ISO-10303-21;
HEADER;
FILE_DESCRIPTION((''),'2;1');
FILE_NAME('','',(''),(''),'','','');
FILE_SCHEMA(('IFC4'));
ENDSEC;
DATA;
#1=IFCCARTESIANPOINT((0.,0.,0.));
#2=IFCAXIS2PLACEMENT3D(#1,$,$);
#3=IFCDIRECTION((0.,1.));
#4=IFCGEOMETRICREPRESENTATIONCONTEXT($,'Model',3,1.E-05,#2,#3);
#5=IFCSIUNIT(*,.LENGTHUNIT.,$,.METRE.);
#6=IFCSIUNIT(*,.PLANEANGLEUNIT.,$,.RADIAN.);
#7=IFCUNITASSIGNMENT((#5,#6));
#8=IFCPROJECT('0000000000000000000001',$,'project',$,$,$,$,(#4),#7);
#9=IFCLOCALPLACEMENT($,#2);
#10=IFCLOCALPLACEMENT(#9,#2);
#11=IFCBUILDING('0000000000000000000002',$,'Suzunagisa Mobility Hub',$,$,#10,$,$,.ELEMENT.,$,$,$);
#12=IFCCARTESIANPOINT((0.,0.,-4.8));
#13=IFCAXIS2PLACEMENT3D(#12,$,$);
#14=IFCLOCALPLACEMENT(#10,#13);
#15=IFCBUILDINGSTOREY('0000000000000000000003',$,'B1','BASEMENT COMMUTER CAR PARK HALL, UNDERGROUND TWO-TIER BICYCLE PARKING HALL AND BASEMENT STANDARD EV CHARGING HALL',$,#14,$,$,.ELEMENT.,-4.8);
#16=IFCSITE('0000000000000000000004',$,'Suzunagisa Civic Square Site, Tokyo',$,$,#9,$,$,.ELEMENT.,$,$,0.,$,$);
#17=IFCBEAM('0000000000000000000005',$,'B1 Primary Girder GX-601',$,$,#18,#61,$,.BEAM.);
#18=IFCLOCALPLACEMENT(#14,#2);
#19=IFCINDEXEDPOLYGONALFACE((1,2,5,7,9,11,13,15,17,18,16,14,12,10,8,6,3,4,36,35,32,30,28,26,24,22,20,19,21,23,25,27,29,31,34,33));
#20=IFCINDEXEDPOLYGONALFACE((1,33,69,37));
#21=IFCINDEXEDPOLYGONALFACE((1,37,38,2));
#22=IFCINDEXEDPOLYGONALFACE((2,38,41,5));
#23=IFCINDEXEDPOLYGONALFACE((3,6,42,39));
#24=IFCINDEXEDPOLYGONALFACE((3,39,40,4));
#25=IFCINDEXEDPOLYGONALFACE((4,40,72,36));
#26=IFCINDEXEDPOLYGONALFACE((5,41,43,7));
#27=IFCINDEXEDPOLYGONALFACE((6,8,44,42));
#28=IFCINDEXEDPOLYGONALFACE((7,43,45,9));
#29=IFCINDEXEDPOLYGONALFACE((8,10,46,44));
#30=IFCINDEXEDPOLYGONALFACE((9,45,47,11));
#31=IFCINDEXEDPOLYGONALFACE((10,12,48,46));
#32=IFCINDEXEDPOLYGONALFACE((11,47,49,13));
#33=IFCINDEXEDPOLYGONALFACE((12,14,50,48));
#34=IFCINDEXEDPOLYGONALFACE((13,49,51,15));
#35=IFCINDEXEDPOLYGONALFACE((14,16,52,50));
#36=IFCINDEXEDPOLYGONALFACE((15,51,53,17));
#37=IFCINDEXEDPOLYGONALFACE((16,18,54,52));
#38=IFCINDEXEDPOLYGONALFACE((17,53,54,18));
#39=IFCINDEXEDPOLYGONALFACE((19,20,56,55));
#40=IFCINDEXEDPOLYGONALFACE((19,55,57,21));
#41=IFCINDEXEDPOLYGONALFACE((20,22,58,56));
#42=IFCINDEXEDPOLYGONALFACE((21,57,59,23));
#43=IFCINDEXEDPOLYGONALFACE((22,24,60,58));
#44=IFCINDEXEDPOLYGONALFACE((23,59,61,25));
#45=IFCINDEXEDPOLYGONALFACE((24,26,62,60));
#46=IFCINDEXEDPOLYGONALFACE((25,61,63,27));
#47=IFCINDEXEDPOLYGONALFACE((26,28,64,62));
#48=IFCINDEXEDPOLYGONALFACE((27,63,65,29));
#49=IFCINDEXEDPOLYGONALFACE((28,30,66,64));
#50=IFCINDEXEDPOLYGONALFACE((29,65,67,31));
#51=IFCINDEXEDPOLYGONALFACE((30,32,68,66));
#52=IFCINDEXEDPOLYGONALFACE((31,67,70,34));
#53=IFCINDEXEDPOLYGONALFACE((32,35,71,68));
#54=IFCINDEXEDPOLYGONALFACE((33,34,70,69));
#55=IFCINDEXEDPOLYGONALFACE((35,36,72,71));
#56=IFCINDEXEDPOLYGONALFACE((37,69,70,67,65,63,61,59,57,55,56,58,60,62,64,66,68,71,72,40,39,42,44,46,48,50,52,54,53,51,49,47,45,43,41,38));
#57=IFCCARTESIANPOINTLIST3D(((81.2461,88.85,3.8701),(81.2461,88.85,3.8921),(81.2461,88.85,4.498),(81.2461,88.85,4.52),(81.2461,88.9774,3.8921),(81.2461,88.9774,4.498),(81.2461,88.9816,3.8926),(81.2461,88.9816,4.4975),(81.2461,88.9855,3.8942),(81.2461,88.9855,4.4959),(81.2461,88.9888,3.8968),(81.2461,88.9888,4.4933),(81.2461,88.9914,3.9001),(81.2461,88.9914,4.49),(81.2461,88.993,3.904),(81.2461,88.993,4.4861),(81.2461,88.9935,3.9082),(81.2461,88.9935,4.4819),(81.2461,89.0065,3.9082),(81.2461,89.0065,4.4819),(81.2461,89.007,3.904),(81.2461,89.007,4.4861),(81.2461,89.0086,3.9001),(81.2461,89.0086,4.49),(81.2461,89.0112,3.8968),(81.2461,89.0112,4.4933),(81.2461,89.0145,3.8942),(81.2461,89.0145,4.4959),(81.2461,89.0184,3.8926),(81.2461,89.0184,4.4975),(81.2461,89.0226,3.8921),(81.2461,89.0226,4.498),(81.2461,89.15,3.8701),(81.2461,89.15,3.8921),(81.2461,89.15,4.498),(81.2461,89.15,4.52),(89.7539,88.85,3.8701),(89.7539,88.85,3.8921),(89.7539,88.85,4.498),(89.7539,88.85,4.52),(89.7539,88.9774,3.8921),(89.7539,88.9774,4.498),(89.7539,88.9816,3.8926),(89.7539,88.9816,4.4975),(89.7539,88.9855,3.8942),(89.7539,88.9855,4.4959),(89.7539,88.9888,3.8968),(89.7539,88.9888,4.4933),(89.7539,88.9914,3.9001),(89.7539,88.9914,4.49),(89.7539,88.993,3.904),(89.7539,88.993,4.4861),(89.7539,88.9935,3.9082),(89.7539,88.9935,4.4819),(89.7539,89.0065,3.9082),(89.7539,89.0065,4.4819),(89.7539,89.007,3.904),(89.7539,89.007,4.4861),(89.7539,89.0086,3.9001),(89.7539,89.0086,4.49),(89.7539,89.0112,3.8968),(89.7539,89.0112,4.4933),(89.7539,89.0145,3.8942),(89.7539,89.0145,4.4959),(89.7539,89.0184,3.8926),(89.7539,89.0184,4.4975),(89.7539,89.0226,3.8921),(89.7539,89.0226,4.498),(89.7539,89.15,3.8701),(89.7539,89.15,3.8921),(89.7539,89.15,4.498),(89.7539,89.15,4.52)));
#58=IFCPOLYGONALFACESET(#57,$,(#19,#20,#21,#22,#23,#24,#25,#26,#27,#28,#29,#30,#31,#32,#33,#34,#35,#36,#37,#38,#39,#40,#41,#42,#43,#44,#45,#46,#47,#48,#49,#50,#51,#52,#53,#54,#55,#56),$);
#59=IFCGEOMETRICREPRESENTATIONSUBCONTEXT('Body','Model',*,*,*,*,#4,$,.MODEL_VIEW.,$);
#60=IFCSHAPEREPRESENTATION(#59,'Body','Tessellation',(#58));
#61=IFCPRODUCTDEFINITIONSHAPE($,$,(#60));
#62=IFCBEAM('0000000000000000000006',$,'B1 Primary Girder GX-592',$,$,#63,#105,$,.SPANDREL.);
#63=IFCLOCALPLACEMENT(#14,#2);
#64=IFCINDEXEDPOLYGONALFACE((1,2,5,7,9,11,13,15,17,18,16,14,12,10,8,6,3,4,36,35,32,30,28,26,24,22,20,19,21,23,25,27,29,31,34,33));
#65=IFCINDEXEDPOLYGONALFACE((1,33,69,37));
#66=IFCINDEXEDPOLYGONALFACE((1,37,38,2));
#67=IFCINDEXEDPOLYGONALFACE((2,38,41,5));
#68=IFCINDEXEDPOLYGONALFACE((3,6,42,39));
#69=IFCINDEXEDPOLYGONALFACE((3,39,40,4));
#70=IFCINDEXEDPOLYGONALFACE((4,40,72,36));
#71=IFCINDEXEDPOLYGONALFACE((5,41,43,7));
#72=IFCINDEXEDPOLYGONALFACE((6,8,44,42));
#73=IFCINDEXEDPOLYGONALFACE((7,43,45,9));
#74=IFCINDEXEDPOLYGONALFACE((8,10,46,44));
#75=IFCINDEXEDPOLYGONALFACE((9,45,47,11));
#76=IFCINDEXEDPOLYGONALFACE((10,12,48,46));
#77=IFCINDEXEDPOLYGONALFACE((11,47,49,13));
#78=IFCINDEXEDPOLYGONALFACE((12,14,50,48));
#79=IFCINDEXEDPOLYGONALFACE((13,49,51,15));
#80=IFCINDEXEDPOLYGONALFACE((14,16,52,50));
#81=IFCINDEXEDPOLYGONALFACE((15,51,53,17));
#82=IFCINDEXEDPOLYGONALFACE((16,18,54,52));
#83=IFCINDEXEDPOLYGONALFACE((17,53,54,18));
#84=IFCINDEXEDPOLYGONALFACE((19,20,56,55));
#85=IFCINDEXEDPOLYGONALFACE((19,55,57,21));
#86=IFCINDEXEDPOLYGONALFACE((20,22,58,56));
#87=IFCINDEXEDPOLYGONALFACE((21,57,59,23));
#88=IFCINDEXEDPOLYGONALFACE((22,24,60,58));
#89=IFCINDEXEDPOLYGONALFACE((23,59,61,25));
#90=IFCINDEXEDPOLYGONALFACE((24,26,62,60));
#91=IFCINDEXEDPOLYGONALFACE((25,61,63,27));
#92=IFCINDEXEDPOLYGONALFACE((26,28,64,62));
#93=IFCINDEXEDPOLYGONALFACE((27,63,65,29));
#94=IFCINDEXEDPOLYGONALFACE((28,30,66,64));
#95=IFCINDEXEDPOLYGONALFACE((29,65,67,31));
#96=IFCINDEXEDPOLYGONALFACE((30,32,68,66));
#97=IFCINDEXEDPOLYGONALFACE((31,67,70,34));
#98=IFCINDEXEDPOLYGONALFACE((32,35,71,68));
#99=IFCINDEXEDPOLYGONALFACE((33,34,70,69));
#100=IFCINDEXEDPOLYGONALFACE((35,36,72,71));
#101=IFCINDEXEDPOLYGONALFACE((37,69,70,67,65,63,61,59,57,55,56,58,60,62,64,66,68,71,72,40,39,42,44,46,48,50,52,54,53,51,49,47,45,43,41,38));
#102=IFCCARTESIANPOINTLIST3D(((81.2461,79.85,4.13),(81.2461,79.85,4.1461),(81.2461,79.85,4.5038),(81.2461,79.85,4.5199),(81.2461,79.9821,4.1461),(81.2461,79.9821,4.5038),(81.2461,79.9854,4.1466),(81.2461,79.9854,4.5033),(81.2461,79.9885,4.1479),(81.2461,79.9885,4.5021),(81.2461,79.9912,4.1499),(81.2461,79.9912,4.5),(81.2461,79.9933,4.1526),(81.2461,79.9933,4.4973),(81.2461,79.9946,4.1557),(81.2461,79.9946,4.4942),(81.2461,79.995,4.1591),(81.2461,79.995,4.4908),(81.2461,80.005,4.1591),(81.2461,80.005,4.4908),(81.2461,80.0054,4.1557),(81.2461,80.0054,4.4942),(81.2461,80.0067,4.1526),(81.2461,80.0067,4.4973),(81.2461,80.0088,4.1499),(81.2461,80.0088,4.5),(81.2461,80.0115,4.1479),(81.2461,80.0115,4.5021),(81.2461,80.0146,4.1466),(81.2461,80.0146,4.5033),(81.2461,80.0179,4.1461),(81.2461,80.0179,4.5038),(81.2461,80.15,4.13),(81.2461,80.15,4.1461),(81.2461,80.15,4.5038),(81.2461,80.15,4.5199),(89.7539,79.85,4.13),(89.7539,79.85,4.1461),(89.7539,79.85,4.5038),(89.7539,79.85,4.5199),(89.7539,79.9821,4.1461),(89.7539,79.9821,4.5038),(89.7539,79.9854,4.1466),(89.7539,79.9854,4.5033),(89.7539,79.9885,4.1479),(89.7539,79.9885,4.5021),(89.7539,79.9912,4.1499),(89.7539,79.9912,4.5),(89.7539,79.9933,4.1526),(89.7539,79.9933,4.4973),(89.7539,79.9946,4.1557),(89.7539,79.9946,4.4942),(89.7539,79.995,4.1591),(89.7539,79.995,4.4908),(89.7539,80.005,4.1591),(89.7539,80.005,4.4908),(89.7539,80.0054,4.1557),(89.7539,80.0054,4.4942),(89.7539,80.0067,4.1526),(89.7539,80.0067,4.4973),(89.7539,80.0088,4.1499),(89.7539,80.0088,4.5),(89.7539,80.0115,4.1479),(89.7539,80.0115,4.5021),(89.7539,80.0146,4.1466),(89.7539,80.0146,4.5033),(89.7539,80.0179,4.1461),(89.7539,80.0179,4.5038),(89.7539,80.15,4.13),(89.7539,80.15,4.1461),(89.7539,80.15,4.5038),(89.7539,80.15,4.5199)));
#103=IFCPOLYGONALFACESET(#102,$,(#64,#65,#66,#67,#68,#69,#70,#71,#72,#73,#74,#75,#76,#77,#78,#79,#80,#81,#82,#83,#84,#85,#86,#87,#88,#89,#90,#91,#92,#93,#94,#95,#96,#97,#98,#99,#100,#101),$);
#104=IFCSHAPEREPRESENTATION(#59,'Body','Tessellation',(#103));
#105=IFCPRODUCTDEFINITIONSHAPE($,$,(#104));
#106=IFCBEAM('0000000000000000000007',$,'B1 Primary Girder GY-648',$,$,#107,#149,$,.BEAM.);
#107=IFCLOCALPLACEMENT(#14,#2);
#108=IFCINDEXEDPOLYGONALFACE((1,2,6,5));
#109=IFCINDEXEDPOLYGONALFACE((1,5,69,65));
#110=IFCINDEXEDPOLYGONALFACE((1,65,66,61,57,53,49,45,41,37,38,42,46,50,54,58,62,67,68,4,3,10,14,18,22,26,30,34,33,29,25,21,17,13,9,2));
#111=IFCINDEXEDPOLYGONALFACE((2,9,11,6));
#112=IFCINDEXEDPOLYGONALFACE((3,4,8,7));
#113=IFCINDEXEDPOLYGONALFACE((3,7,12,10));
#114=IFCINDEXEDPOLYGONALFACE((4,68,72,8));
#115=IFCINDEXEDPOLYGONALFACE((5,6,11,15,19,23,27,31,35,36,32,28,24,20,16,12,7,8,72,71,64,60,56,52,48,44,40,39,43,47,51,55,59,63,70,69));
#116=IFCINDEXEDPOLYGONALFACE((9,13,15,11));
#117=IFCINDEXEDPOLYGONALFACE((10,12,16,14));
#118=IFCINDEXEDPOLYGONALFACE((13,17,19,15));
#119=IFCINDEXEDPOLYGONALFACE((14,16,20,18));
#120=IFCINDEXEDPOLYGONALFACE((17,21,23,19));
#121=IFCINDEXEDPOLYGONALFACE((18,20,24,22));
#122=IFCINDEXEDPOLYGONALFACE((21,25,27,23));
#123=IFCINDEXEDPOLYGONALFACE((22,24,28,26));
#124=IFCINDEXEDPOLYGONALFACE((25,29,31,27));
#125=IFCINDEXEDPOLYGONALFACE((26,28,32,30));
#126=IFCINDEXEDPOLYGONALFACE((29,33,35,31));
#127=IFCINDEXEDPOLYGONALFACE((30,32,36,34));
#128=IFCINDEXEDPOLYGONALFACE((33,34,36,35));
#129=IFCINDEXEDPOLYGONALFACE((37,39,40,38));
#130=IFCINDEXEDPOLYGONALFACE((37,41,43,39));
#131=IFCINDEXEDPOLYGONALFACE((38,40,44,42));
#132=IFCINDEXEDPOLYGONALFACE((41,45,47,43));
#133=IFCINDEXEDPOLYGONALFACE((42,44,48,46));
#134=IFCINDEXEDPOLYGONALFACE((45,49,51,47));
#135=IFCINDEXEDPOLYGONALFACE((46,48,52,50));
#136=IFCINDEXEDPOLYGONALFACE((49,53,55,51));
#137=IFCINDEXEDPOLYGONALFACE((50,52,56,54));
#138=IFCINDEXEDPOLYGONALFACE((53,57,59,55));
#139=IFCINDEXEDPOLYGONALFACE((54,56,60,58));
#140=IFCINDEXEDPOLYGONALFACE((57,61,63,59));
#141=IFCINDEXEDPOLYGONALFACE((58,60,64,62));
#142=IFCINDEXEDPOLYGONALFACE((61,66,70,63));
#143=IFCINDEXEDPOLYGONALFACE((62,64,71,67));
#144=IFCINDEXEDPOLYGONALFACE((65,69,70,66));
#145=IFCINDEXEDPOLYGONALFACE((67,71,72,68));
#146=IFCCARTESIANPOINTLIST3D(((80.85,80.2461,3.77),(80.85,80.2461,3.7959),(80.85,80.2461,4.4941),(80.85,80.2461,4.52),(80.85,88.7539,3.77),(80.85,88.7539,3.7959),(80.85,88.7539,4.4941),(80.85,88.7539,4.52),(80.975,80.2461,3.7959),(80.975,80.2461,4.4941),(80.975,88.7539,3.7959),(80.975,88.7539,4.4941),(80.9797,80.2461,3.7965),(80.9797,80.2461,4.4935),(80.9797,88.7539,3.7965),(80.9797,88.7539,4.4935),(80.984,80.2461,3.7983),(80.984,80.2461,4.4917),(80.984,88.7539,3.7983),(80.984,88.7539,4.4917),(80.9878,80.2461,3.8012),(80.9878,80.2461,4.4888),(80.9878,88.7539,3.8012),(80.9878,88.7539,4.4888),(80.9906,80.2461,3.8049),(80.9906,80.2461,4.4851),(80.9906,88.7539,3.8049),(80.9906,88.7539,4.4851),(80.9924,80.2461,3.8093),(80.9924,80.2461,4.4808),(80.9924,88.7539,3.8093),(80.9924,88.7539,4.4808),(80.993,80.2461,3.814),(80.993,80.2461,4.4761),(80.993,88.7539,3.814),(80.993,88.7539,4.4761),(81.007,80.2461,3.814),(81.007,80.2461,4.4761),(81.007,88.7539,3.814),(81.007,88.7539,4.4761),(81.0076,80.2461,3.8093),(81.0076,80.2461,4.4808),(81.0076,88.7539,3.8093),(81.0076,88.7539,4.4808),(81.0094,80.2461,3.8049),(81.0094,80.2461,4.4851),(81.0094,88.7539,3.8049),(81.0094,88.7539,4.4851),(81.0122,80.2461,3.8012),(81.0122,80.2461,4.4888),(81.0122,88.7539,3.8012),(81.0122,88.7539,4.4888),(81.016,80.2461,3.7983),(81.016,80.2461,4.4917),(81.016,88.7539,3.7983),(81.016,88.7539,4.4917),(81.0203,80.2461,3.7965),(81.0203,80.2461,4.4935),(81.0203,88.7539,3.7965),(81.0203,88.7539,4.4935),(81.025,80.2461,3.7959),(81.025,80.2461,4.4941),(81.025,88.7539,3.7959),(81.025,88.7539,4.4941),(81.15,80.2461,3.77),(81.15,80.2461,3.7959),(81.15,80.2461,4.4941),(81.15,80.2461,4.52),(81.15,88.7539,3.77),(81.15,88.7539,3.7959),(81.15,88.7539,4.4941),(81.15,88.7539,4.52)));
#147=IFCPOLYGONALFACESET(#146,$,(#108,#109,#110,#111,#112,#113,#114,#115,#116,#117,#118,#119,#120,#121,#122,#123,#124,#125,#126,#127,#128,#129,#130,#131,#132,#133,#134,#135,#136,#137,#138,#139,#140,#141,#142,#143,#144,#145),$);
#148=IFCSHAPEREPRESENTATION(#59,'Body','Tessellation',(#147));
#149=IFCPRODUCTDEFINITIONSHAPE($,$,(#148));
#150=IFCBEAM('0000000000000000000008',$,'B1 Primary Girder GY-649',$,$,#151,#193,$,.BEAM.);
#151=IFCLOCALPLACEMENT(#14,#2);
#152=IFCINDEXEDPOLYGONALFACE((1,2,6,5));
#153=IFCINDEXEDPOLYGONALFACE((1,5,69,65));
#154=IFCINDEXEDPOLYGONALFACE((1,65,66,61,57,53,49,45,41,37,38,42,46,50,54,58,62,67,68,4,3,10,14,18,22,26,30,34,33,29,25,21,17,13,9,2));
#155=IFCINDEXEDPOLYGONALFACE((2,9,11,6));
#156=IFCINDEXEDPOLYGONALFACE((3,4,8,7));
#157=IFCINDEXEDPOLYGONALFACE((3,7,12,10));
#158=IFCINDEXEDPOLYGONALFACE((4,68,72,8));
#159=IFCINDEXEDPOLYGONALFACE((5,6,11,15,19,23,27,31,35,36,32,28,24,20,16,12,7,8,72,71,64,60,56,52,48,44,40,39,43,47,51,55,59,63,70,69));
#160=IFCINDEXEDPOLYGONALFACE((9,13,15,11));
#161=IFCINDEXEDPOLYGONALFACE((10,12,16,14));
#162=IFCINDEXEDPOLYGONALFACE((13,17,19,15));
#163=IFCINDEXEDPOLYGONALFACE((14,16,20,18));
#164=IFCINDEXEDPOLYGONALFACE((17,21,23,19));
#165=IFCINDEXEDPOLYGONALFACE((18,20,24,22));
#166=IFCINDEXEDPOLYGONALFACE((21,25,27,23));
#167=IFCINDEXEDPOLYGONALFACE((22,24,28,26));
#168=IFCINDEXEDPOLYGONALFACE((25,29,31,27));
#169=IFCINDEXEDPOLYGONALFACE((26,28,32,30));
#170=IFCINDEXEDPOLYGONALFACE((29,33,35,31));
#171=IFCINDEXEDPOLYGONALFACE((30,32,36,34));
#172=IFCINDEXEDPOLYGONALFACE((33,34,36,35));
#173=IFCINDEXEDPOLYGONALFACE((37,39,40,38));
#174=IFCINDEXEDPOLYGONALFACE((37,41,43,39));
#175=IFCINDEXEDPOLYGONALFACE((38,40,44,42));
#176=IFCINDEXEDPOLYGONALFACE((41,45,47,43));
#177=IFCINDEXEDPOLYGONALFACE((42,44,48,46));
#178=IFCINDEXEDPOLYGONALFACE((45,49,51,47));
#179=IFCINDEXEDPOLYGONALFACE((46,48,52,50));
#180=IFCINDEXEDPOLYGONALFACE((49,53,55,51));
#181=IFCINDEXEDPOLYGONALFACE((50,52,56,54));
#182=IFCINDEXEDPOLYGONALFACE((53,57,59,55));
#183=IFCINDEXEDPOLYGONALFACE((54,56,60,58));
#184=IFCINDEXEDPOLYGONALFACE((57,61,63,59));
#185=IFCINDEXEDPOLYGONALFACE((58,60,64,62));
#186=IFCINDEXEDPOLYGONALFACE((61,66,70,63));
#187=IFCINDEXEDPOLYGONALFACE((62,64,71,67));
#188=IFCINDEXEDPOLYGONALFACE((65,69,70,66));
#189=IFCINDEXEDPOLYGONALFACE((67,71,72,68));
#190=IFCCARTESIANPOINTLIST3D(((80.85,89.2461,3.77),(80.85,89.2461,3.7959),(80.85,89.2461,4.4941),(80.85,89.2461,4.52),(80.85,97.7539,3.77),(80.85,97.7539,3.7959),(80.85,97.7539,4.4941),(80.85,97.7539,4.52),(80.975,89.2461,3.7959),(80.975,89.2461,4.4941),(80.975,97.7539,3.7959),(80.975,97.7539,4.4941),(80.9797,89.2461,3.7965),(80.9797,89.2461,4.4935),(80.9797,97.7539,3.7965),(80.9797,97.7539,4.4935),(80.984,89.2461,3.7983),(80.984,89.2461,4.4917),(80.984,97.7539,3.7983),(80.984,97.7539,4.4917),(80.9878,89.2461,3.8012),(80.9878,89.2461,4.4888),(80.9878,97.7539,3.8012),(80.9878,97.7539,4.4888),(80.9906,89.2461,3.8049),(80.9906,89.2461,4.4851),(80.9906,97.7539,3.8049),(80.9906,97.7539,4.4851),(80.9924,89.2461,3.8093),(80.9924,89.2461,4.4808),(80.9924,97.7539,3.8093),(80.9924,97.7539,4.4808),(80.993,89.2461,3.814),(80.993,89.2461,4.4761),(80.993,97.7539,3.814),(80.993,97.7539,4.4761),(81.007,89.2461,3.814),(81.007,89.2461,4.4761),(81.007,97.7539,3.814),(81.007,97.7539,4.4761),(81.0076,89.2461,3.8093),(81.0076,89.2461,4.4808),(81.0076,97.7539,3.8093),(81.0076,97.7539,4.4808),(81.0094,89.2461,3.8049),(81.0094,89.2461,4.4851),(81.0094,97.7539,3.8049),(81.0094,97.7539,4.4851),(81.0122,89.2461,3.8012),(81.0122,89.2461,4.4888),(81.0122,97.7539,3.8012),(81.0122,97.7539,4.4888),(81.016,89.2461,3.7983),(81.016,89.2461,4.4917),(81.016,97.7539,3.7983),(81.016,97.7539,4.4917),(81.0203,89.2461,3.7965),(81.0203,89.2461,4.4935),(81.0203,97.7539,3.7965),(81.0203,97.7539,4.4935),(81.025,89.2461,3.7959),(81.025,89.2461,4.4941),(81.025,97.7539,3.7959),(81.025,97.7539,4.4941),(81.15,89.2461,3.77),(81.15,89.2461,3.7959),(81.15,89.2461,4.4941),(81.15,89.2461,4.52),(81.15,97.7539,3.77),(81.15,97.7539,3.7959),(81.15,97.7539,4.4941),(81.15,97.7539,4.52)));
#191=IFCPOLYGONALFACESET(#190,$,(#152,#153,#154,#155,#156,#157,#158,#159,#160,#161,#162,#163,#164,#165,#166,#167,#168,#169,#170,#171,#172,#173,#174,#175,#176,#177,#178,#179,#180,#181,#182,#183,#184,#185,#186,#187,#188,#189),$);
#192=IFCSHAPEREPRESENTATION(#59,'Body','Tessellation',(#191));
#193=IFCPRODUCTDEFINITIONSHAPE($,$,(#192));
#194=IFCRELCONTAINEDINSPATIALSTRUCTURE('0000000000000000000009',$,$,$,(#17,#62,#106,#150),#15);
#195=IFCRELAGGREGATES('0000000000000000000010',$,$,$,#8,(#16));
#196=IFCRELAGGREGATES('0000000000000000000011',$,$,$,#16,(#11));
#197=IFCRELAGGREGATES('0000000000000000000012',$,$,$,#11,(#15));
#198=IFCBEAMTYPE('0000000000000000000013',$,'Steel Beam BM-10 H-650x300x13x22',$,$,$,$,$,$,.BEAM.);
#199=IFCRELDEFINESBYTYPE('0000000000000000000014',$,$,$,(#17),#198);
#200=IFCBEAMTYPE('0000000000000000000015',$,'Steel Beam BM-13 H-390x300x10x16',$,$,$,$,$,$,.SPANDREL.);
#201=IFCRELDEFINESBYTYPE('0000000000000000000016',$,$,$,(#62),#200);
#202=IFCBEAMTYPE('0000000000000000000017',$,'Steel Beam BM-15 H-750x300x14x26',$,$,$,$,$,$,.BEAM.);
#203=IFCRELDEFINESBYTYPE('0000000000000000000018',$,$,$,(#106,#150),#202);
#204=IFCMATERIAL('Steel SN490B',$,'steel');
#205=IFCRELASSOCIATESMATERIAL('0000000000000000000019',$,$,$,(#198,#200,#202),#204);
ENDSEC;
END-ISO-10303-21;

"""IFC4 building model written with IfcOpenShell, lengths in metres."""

from ifc_helpers import new_model, si_unit, direction, frame, origin, origin_2d, place, context, subcontext, project, spatial, i_section, extrude, material, material_profile, profile_set, type_object, element, save


model = new_model("IFC4")

# Units and contexts
model_context = context("Model", 3, precision=1e-05, world=origin(), true_north=direction((0.0, 1.0)))
body_context = subcontext(model_context, "Body", "Model", "MODEL_VIEW")
ifc_project = project(units=[si_unit("LENGTHUNIT", "METRE"), si_unit("PLANEANGLEUNIT", "RADIAN")], contexts=[model_context])

# Site, building, storey
site_placement = place(None, origin())
site = spatial("IfcSite", under=ifc_project, at=site_placement, Name="Suzunagisa Civic Square Site, Tokyo", CompositionType="ELEMENT", RefElevation=0.0)
building_placement = place(site_placement, origin())
building = spatial("IfcBuilding", under=site, at=building_placement, Name="Suzunagisa Mobility Hub", CompositionType="ELEMENT")
storey_placement = place(building_placement, frame((0.0, 0.0, -4.8)))
storey = spatial("IfcBuildingStorey", under=building, at=storey_placement, Name="B1", Description="BASEMENT COMMUTER CAR PARK HALL, UNDERGROUND TWO-TIER BICYCLE PARKING HALL AND BASEMENT STANDARD EV CHARGING HALL", CompositionType="ELEMENT", Elevation=-4.8)

# Shared definitions
ifc_material_1 = material(Name="Steel SN490B", Category="steel")

# Beams
ifc_material_profile_1 = material_profile(ifc_material_1, i_section(OverallWidth=0.3, OverallDepth=0.6499, WebThickness=0.0129, FlangeThickness=0.022, FilletRadius=0.0161, at=origin_2d()), Name="H-650x300x13x22")
ifc_profile_set_1 = profile_set([ifc_material_profile_1], Name="Steel SN490B")
beam_type_1 = type_object("IfcBeamType", Name="Steel Beam BM-10 H-650x300x13x22", PredefinedType="BEAM", material=ifc_profile_set_1)
for number, where, z_axis, x_axis, name in (
    (1, (81.2461, 89.0, 4.1951), (1.0, 0.0, 0.0), (0.0, 1.0, 0.0), "B1 Primary Girder GX-601"),
):
    element("IfcBeam", number, at=place(storey_placement, frame(where, z_axis=z_axis, x_axis=x_axis)), inside=storey, type_object=beam_type_1, Name=name, PredefinedType="BEAM", context=body_context, shape_type="SweptSolid", body=[
        extrude(i_section(OverallWidth=0.3, OverallDepth=0.6499, WebThickness=0.0129, FlangeThickness=0.022, FilletRadius=0.0161, at=origin_2d()), origin(), (0.0, 0.0, 1.0), 8.5078),
    ])
ifc_material_profile_2 = material_profile(ifc_material_1, i_section(OverallWidth=0.3, OverallDepth=0.3899, WebThickness=0.01, FlangeThickness=0.0161, FilletRadius=0.0129, at=origin_2d()), Name="H-390x300x10x16")
ifc_profile_set_2 = profile_set([ifc_material_profile_2], Name="Steel SN490B")
beam_type_2 = type_object("IfcBeamType", Name="Steel Beam BM-13 H-390x300x10x16", PredefinedType="SPANDREL", material=ifc_profile_set_2)
beam_1_placement = place(storey_placement, frame((81.2461, 80.0, 4.325), z_axis=(1.0, 0.0, 0.0), x_axis=(0.0, 1.0, 0.0)))
element("IfcBeam", 2, at=beam_1_placement, inside=storey, type_object=beam_type_2, Name="B1 Primary Girder GX-592", PredefinedType="SPANDREL", context=body_context, shape_type="SweptSolid", body=[
    extrude(i_section(OverallWidth=0.3, OverallDepth=0.3899, WebThickness=0.01, FlangeThickness=0.0161, FilletRadius=0.0129, at=origin_2d()), origin(), (0.0, 0.0, 1.0), 8.5078),
])
ifc_material_profile_3 = material_profile(ifc_material_1, i_section(OverallWidth=0.3, OverallDepth=0.75, WebThickness=0.0139, FlangeThickness=0.0259, FilletRadius=0.0181, at=origin_2d()), Name="H-750x300x14x26")
ifc_profile_set_3 = profile_set([ifc_material_profile_3], Name="Steel SN490B")
beam_type_3 = type_object("IfcBeamType", Name="Steel Beam BM-15 H-750x300x14x26", PredefinedType="BEAM", material=ifc_profile_set_3)
for number, where, z_axis, x_axis, name in (
    (3, (81.0, 80.2461, 4.145), (0.0, 1.0, 0.0), (-1.0, 0.0, 0.0), "B1 Primary Girder GY-648"),
    (4, (81.0, 89.2461, 4.145), (0.0, 1.0, 0.0), (-1.0, 0.0, 0.0), "B1 Primary Girder GY-649"),
):
    element("IfcBeam", number, at=place(storey_placement, frame(where, z_axis=z_axis, x_axis=x_axis)), inside=storey, type_object=beam_type_3, Name=name, PredefinedType="BEAM", context=body_context, shape_type="SweptSolid", body=[
        extrude(i_section(OverallWidth=0.3, OverallDepth=0.75, WebThickness=0.0139, FlangeThickness=0.0259, FilletRadius=0.0181, at=origin_2d()), origin(), (0.0, 0.0, 1.0), 8.5078),
    ])

save(model, "model.ifc")
